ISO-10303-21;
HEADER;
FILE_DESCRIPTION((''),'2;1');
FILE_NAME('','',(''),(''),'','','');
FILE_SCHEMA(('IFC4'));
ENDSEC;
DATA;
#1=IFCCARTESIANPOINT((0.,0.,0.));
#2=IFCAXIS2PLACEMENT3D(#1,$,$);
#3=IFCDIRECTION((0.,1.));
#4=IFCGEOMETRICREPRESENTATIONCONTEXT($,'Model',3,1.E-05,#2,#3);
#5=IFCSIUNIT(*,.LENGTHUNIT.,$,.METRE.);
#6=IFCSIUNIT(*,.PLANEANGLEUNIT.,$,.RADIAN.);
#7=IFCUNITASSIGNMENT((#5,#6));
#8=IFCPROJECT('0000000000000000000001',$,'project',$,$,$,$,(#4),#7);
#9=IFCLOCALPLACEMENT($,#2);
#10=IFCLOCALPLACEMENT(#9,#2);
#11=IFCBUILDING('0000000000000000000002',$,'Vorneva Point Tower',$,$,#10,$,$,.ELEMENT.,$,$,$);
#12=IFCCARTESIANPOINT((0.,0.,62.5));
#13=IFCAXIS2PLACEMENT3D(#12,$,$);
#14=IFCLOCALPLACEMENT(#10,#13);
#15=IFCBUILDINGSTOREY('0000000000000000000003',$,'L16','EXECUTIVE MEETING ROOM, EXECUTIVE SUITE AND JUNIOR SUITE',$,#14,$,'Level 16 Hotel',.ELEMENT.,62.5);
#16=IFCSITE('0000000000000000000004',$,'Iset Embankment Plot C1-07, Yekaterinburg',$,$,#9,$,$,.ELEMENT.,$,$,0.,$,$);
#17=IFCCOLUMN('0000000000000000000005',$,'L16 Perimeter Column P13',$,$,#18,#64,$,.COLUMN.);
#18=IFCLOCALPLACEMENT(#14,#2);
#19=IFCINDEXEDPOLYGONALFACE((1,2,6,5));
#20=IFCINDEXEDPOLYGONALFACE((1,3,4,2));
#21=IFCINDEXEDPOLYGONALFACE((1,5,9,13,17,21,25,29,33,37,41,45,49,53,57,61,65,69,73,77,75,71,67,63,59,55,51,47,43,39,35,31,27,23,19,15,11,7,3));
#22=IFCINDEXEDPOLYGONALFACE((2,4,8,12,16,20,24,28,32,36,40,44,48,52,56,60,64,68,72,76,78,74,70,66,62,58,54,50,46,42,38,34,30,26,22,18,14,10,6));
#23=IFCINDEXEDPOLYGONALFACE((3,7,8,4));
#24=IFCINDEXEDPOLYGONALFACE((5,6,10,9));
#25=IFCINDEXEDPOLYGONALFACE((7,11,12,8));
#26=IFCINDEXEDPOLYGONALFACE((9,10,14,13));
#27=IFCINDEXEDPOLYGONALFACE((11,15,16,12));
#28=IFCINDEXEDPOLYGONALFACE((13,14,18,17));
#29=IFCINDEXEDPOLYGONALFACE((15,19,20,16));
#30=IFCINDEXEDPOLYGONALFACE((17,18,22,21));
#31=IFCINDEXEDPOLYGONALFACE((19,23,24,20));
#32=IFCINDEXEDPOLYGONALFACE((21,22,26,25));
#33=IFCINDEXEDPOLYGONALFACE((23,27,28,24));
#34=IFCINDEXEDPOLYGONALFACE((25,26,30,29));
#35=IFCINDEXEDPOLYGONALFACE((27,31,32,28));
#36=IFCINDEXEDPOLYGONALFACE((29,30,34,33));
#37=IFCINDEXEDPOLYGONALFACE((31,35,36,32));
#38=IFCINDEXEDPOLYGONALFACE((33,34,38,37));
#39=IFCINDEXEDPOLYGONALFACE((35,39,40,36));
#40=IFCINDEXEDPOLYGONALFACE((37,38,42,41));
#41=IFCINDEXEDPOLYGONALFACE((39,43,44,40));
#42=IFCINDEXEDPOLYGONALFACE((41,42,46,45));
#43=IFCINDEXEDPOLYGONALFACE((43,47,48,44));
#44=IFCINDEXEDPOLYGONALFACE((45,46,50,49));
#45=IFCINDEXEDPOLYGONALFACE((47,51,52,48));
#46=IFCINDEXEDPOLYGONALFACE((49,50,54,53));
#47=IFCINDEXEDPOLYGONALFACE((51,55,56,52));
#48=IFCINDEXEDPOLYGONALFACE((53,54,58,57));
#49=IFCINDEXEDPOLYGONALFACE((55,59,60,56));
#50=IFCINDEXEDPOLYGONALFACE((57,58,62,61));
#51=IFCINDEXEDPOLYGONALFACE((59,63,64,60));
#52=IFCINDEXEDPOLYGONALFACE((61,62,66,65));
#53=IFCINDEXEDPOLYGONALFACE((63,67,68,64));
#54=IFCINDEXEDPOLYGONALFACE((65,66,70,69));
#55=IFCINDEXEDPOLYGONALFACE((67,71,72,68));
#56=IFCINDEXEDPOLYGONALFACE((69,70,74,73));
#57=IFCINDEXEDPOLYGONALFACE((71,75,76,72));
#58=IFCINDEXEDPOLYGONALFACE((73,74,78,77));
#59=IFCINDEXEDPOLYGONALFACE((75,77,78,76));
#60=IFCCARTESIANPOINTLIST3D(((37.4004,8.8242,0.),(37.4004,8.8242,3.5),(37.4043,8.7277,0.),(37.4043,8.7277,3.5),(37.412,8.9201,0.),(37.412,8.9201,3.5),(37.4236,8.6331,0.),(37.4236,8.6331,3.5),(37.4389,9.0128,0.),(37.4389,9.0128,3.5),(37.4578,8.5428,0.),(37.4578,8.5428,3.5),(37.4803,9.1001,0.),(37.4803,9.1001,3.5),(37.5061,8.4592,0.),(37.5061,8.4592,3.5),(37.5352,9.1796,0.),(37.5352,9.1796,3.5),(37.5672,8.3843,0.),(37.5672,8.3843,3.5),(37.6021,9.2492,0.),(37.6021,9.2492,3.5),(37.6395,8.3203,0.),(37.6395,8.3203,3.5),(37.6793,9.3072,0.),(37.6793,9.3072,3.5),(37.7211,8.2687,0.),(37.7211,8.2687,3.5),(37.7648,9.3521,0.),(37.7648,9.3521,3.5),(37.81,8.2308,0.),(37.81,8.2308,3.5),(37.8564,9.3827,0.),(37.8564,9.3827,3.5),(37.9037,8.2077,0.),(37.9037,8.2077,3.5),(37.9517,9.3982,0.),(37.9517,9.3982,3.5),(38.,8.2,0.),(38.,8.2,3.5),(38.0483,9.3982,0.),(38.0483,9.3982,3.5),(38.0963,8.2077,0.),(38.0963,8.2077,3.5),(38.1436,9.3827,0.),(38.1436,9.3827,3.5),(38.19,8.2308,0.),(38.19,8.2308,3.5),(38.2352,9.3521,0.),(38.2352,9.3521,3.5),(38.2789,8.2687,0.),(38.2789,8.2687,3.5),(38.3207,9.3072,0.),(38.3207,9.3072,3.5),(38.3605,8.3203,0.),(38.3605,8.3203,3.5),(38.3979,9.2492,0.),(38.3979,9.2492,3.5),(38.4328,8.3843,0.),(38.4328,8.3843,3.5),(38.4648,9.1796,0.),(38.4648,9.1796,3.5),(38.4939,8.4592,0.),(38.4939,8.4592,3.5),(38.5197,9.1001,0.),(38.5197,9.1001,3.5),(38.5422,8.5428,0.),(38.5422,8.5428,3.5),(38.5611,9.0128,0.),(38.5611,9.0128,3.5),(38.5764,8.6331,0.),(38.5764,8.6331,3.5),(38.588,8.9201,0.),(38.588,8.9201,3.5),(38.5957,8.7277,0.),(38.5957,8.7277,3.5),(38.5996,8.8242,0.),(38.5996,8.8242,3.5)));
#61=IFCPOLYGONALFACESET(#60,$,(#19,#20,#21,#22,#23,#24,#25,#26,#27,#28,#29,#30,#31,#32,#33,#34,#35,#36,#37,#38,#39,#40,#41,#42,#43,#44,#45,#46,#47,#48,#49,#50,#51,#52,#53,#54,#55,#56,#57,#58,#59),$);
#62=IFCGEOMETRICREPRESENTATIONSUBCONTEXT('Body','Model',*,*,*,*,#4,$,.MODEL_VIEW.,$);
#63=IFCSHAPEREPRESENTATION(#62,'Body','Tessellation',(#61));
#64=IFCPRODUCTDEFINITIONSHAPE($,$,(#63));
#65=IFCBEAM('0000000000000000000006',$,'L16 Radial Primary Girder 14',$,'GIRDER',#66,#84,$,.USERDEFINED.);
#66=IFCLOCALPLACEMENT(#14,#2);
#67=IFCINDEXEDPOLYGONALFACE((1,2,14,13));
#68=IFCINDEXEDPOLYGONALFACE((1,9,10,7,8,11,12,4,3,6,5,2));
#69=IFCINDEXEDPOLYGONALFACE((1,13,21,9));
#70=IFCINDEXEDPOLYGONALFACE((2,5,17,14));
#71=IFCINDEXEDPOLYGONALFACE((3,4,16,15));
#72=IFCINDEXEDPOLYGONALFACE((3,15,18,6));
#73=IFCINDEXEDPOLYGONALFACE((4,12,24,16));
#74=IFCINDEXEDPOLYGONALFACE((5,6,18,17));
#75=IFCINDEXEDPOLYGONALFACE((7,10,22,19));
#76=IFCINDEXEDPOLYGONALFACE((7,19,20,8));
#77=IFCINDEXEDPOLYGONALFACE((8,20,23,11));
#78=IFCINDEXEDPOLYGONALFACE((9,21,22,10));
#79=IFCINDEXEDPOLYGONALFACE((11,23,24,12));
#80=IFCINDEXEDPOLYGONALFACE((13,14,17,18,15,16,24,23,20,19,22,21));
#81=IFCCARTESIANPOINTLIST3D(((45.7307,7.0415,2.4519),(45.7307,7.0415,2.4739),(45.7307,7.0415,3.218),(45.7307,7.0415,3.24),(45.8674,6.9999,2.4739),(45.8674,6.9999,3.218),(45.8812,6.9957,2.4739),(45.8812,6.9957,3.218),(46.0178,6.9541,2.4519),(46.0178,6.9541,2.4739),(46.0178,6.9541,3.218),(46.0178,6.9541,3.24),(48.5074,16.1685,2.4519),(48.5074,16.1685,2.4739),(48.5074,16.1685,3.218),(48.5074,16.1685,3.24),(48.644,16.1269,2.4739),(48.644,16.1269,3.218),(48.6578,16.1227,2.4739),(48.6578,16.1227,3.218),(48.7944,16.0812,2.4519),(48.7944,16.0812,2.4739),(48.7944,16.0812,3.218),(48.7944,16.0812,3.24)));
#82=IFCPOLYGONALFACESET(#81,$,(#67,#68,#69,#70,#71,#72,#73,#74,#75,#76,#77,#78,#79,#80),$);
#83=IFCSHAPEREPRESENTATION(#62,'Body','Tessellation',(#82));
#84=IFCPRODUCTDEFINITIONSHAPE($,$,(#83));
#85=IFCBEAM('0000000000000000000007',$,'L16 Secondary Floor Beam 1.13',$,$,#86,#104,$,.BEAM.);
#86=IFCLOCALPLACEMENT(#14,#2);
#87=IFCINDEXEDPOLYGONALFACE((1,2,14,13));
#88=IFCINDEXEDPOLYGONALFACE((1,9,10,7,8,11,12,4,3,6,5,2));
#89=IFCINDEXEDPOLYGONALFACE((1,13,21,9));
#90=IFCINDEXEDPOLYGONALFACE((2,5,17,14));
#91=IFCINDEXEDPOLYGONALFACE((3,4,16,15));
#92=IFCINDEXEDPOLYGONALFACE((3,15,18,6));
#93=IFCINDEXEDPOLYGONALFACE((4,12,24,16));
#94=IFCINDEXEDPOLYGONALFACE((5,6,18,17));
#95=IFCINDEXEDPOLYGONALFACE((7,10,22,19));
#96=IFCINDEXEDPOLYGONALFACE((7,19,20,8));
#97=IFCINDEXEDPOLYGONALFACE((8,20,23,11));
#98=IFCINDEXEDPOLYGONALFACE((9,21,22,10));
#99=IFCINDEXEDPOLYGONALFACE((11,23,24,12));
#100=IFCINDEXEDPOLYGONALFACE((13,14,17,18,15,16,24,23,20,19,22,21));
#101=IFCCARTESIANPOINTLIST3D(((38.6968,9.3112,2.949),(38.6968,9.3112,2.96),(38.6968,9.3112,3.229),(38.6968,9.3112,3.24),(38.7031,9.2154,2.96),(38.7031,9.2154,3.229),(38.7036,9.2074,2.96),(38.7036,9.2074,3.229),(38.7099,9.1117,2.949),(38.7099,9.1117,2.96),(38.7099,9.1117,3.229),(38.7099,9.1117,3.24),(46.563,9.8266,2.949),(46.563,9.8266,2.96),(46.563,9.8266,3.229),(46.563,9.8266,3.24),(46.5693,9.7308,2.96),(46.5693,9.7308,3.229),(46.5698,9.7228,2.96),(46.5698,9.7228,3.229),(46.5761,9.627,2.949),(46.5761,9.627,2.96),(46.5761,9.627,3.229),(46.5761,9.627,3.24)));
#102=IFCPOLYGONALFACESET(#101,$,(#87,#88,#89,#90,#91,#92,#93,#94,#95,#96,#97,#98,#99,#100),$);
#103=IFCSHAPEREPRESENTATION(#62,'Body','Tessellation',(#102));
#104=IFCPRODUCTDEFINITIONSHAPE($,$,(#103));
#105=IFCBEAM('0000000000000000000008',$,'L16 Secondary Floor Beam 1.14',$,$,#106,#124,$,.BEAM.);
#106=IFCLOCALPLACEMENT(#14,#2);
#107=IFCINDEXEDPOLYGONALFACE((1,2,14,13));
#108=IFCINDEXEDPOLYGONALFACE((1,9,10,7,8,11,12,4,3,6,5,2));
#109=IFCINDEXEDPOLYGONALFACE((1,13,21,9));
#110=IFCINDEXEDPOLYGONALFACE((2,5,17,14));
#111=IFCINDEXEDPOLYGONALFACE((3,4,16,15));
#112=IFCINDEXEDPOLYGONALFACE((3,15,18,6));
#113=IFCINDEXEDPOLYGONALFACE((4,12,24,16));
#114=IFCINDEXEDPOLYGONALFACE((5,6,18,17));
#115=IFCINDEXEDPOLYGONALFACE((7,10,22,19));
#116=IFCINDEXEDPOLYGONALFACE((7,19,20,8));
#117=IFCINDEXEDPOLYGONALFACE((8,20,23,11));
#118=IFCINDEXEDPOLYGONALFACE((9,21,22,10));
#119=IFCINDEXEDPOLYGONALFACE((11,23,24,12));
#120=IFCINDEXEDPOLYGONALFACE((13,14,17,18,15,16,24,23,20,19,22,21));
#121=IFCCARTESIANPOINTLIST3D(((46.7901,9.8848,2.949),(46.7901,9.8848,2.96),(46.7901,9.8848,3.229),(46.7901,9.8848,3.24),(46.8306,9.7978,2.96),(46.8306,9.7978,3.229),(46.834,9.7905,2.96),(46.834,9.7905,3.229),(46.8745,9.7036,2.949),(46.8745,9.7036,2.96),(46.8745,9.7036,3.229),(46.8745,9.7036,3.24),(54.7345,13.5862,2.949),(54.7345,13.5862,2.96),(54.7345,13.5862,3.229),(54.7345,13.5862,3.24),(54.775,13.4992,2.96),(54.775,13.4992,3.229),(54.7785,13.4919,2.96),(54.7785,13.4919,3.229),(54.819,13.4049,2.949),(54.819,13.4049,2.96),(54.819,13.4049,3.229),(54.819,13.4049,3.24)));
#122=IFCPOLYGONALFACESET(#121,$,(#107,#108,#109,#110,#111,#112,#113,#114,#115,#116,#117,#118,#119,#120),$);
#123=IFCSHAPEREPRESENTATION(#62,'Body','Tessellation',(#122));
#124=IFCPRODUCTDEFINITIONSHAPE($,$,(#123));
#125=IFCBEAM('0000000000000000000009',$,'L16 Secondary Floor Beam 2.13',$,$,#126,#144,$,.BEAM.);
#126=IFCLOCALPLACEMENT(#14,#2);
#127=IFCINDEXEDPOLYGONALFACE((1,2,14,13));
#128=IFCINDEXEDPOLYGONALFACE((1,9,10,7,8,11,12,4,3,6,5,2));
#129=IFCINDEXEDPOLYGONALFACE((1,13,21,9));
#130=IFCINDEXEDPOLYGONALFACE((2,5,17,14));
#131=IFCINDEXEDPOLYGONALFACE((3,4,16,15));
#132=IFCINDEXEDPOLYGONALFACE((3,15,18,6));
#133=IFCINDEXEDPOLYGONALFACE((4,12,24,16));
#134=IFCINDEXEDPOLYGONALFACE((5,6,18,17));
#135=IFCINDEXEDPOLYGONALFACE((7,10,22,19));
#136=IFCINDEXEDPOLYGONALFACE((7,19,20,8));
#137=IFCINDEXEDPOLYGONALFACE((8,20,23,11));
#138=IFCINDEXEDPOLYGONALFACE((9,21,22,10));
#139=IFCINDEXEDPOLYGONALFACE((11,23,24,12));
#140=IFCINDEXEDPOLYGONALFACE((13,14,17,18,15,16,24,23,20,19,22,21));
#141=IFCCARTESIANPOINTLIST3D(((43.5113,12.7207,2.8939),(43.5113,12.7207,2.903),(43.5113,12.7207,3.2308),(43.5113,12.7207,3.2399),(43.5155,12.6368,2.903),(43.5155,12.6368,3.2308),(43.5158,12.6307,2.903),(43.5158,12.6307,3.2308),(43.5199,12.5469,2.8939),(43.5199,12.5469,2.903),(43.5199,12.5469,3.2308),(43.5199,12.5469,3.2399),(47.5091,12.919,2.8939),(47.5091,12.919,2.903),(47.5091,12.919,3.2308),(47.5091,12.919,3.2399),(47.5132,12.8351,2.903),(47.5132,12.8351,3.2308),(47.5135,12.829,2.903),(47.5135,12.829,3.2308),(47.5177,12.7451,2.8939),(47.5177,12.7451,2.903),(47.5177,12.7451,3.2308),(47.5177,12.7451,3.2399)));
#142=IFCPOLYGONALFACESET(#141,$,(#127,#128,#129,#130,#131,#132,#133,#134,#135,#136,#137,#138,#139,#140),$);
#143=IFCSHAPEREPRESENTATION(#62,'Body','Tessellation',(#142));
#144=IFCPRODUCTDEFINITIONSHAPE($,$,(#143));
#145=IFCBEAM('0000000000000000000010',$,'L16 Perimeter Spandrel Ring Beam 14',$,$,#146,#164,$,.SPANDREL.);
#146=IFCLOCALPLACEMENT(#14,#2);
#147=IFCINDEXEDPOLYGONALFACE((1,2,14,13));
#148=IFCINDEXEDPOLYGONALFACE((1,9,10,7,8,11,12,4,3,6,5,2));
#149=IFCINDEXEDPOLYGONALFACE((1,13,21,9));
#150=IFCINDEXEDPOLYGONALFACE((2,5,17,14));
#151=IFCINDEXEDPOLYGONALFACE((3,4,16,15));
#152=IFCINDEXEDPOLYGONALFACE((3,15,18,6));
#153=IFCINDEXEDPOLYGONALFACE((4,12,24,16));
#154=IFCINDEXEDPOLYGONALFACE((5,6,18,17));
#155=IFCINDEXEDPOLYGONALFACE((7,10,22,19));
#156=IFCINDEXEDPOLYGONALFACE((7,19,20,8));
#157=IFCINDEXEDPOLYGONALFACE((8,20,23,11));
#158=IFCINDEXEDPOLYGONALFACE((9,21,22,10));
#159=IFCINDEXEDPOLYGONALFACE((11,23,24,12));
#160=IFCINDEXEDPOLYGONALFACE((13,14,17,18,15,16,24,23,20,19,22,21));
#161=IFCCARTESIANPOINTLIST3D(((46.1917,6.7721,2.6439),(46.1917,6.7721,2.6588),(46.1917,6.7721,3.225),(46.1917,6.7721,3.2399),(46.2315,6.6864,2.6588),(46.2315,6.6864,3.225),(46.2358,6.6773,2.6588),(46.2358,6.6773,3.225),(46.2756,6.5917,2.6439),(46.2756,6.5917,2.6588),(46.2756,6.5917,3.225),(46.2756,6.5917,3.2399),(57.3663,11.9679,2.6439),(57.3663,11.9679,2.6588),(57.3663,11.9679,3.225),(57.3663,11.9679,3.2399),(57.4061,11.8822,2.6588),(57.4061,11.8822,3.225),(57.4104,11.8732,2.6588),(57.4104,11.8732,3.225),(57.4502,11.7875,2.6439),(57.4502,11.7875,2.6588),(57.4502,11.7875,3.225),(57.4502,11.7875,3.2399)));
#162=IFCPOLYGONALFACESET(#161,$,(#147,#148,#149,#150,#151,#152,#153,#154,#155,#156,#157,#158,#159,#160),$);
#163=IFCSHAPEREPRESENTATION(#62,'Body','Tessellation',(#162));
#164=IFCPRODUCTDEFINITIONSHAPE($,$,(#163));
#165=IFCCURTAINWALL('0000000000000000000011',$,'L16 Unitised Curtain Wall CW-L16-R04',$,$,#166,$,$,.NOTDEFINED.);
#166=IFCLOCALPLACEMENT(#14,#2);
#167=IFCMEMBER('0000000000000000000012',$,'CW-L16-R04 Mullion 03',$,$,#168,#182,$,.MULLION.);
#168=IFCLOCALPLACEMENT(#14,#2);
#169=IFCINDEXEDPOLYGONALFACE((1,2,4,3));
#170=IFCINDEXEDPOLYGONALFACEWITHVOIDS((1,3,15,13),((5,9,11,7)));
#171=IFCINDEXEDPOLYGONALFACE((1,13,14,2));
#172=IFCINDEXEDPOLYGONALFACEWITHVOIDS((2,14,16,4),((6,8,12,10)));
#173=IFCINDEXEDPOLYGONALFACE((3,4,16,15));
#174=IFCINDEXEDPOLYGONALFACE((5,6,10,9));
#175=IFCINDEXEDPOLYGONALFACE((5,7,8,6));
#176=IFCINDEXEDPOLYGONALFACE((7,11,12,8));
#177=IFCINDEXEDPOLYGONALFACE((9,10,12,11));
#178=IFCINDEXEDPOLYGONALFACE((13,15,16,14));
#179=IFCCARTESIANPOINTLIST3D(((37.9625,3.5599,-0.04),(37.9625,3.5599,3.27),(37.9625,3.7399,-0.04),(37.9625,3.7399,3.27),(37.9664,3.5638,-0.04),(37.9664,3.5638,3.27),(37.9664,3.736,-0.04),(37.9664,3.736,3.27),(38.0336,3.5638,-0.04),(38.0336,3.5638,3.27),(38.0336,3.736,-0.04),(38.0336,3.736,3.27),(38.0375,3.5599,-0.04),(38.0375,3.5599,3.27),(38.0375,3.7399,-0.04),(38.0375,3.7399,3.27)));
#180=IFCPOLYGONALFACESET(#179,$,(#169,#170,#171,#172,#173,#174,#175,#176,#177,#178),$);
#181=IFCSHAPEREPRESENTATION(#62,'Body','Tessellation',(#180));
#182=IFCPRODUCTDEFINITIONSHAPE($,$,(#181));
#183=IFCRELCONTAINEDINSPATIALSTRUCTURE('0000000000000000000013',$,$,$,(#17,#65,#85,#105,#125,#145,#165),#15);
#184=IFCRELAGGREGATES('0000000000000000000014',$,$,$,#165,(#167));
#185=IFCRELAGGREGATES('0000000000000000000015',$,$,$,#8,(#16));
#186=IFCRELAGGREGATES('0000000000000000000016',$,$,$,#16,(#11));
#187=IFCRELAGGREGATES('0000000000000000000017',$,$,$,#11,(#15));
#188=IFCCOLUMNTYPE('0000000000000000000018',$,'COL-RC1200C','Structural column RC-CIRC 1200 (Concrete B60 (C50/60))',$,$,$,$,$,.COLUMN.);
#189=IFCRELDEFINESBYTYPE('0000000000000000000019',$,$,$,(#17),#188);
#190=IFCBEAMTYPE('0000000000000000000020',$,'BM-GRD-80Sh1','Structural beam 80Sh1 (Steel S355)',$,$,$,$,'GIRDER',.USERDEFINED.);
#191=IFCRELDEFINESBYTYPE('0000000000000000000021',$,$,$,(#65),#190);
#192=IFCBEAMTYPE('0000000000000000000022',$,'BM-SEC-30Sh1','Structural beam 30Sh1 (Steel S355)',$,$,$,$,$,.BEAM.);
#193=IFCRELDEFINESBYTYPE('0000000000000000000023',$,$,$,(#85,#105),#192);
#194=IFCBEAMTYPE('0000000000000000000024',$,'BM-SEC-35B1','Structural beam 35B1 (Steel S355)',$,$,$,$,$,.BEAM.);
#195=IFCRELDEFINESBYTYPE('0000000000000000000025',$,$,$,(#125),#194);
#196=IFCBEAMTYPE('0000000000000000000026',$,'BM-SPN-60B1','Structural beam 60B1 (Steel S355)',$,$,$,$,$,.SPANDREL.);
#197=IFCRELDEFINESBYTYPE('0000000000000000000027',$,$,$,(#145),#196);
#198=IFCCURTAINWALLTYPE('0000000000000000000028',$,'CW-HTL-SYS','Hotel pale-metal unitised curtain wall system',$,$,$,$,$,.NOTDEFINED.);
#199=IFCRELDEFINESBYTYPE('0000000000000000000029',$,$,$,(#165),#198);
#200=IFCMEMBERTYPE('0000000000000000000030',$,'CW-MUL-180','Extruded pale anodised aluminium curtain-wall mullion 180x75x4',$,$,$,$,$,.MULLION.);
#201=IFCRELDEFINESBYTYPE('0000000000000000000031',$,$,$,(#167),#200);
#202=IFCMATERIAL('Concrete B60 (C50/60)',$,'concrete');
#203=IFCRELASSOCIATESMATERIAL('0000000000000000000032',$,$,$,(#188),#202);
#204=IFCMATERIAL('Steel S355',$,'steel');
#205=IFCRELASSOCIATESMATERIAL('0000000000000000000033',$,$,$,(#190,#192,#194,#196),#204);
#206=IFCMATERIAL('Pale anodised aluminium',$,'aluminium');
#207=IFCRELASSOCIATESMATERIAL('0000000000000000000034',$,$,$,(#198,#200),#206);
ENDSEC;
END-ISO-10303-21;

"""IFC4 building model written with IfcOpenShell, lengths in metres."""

from ifc_helpers import new_model, si_unit, direction, frame, origin, origin_2d, place, context, subcontext, project, spatial, hollow_rectangle, circle, i_section, extrude, material, material_profile, profile_set, type_object, element, aggregate, save


model = new_model("IFC4")

# Units and contexts
model_context = context("Model", 3, precision=1e-05, world=origin(), true_north=direction((0.0, 1.0)))
body_context = subcontext(model_context, "Body", "Model", "MODEL_VIEW")
ifc_project = project(units=[si_unit("LENGTHUNIT", "METRE"), si_unit("PLANEANGLEUNIT", "RADIAN")], contexts=[model_context])

# Site, building, storey
site_placement = place(None, origin())
site = spatial("IfcSite", under=ifc_project, at=site_placement, Name="Iset Embankment Plot C1-07, Yekaterinburg", CompositionType="ELEMENT", RefElevation=0.0)
building_placement = place(site_placement, origin())
building = spatial("IfcBuilding", under=site, at=building_placement, Name="Vorneva Point Tower", CompositionType="ELEMENT")
storey_placement = place(building_placement, frame((0.0, 0.0, 62.5)))
storey = spatial("IfcBuildingStorey", under=building, at=storey_placement, Name="L16", Description="EXECUTIVE MEETING ROOM, EXECUTIVE SUITE AND JUNIOR SUITE", LongName="Level 16 Hotel", CompositionType="ELEMENT", Elevation=62.5)

# Column
ifc_material_1 = material(Name="Concrete B60 (C50/60)", Category="concrete")
ifc_material_profile_1 = material_profile(ifc_material_1, circle(Radius=0.6001, at=origin_2d()), Name="RC-CIRC 1200")
ifc_profile_set_1 = profile_set([ifc_material_profile_1], Name="Concrete B60 (C50/60)")
column_type = type_object("IfcColumnType", Name="COL-RC1200C", Description="Structural column RC-CIRC 1200 (Concrete B60 (C50/60))", PredefinedType="COLUMN", material=ifc_profile_set_1)
for number, where, z_axis, x_axis, name in (
    (1, (38.0, 8.8, 0.0), (0.0, 0.0, 1.0), (0.0, -1.0, 0.0), "L16 Perimeter Column P13"),
):
    element("IfcColumn", number, at=place(storey_placement, frame(where, z_axis=z_axis, x_axis=x_axis)), inside=storey, type_object=column_type, Name=name, PredefinedType="COLUMN", context=body_context, shape_type="SweptSolid", body=[
        extrude(circle(Radius=0.6001, at=origin_2d()), origin(), (0.0, 0.0, 1.0), 3.5),
    ])

# Beams
ifc_material_2 = material(Name="Steel S355", Category="steel")
ifc_material_profile_2 = material_profile(ifc_material_2, i_section(OverallWidth=0.3, OverallDepth=0.7881, WebThickness=0.0144, FlangeThickness=0.022, at=origin_2d()), Name="80Sh1")
ifc_profile_set_2 = profile_set([ifc_material_profile_2], Name="Steel S355")
beam_type_1 = type_object("IfcBeamType", Name="BM-GRD-80Sh1", Description="Structural beam 80Sh1 (Steel S355)", ElementType="GIRDER", PredefinedType="USERDEFINED", material=ifc_profile_set_2)
beam_1_placement = place(storey_placement, frame((45.8743, 6.9978, 2.8459), z_axis=(0.291051, 0.956708, 0.0), x_axis=(-0.956708, 0.291051, 0.0)))
element("IfcBeam", 2, at=beam_1_placement, inside=storey, type_object=beam_type_1, Name="L16 Radial Primary Girder 14", ObjectType="GIRDER", PredefinedType="USERDEFINED", context=body_context, shape_type="SweptSolid", body=[
    extrude(i_section(OverallWidth=0.3, OverallDepth=0.7881, WebThickness=0.0144, FlangeThickness=0.022, at=origin_2d()), origin(), (0.0, 0.0, 1.0), 9.54),
])
ifc_material_profile_3 = material_profile(ifc_material_2, i_section(OverallWidth=0.2, OverallDepth=0.291, WebThickness=0.0081, FlangeThickness=0.011, at=origin_2d()), Name="30Sh1")
ifc_profile_set_3 = profile_set([ifc_material_profile_3], Name="Steel S355")
beam_type_2 = type_object("IfcBeamType", Name="BM-SEC-30Sh1", Description="Structural beam 30Sh1 (Steel S355)", PredefinedType="BEAM", material=ifc_profile_set_3)
beam_2_placement = place(storey_placement, frame((38.7034, 9.2114, 3.0945), z_axis=(0.997861, 0.065378, 0.0), x_axis=(-0.065378, 0.997861, 0.0)))
element("IfcBeam", 3, at=beam_2_placement, inside=storey, type_object=beam_type_2, Name="L16 Secondary Floor Beam 1.13", PredefinedType="BEAM", context=body_context, shape_type="SweptSolid", body=[
    extrude(i_section(OverallWidth=0.2, OverallDepth=0.291, WebThickness=0.0081, FlangeThickness=0.011, at=origin_2d()), origin(), (0.0, 0.0, 1.0), 7.8831),
])
beam_3_placement = place(storey_placement, frame((46.8323, 9.7942, 3.0945), z_axis=(0.906448, 0.422318, 0.0), x_axis=(-0.422318, 0.906448, 0.0)))
element("IfcBeam", 4, at=beam_3_placement, inside=storey, type_object=beam_type_2, Name="L16 Secondary Floor Beam 1.14", PredefinedType="BEAM", context=body_context, shape_type="SweptSolid", body=[
    extrude(i_section(OverallWidth=0.2, OverallDepth=0.291, WebThickness=0.0081, FlangeThickness=0.011, at=origin_2d()), origin(), (0.0, 0.0, 1.0), 8.7644),
])
ifc_material_profile_4 = material_profile(ifc_material_2, i_section(OverallWidth=0.1741, OverallDepth=0.3459, WebThickness=0.0061, FlangeThickness=0.009, at=origin_2d()), Name="35B1")
ifc_profile_set_4 = profile_set([ifc_material_profile_4], Name="Steel S355")
beam_type_3 = type_object("IfcBeamType", Name="BM-SEC-35B1", Description="Structural beam 35B1 (Steel S355)", PredefinedType="BEAM", material=ifc_profile_set_4)
beam_4_placement = place(storey_placement, frame((43.5156, 12.6338, 3.0669), z_axis=(0.998773, 0.049527, 0.0), x_axis=(-0.049527, 0.998773, 0.0)))
element("IfcBeam", 5, at=beam_4_placement, inside=storey, type_object=beam_type_3, Name="L16 Secondary Floor Beam 2.13", PredefinedType="BEAM", context=body_context, shape_type="SweptSolid", body=[
    extrude(i_section(OverallWidth=0.1741, OverallDepth=0.3459, WebThickness=0.0061, FlangeThickness=0.009, at=origin_2d()), origin(), (0.0, 0.0, 1.0), 4.0027),
])
ifc_material_profile_5 = material_profile(ifc_material_2, i_section(OverallWidth=0.199, OverallDepth=0.5959, WebThickness=0.01, FlangeThickness=0.0149, at=origin_2d()), Name="60B1")
ifc_profile_set_5 = profile_set([ifc_material_profile_5], Name="Steel S355")
beam_type_4 = type_object("IfcBeamType", Name="BM-SPN-60B1", Description="Structural beam 60B1 (Steel S355)", PredefinedType="SPANDREL", material=ifc_profile_set_5)
beam_5_placement = place(storey_placement, frame((46.2336, 6.6819, 2.9419), z_axis=(0.906773, 0.421619, 0.0), x_axis=(-0.421619, 0.906773, 0.0)))
element("IfcBeam", 6, at=beam_5_placement, inside=storey, type_object=beam_type_4, Name="L16 Perimeter Spandrel Ring Beam 14", PredefinedType="SPANDREL", context=body_context, shape_type="SweptSolid", body=[
    extrude(i_section(OverallWidth=0.199, OverallDepth=0.5959, WebThickness=0.01, FlangeThickness=0.0149, at=origin_2d()), origin(), (0.0, 0.0, 1.0), 12.3235),
])

# Curtain wall, member
ifc_material_3 = material(Name="Pale anodised aluminium", Category="aluminium")
curtain_wall_type = type_object("IfcCurtainWallType", Name="CW-HTL-SYS", Description="Hotel pale-metal unitised curtain wall system", PredefinedType="NOTDEFINED", material=ifc_material_3)
curtain_wall_placement = place(storey_placement, origin())
curtain_wall = element("IfcCurtainWall", 7, at=curtain_wall_placement, inside=storey, type_object=curtain_wall_type, Name="L16 Unitised Curtain Wall CW-L16-R04", PredefinedType="NOTDEFINED")
ifc_material_profile_6 = material_profile(ifc_material_3, hollow_rectangle(XDim=0.075, YDim=0.1799, WallThickness=0.0039, at=origin_2d()), Name="AL-MUL 180x75x4")
ifc_profile_set_6 = profile_set([ifc_material_profile_6], Name="Pale anodised aluminium")
member_type_1 = type_object("IfcMemberType", Name="CW-MUL-180", Description="Extruded pale anodised aluminium curtain-wall mullion 180x75x4", PredefinedType="MULLION", material=ifc_profile_set_6)
member_1_placement = place(storey_placement, frame((38.0, 3.6499, -0.04), z_axis=(0.0, 0.0, 1.0), x_axis=(1.0, 0.0, 0.0)))
member_1 = element("IfcMember", 8, at=member_1_placement, type_object=member_type_1, Name="CW-L16-R04 Mullion 03", PredefinedType="MULLION", context=body_context, shape_type="SweptSolid", body=[
    extrude(hollow_rectangle(XDim=0.075, YDim=0.1799, WallThickness=0.0039, at=origin_2d()), origin(), (0.0, 0.0, 1.0), 3.3101),
])
aggregate(curtain_wall, [member_1])

save(model, "model.ifc")
